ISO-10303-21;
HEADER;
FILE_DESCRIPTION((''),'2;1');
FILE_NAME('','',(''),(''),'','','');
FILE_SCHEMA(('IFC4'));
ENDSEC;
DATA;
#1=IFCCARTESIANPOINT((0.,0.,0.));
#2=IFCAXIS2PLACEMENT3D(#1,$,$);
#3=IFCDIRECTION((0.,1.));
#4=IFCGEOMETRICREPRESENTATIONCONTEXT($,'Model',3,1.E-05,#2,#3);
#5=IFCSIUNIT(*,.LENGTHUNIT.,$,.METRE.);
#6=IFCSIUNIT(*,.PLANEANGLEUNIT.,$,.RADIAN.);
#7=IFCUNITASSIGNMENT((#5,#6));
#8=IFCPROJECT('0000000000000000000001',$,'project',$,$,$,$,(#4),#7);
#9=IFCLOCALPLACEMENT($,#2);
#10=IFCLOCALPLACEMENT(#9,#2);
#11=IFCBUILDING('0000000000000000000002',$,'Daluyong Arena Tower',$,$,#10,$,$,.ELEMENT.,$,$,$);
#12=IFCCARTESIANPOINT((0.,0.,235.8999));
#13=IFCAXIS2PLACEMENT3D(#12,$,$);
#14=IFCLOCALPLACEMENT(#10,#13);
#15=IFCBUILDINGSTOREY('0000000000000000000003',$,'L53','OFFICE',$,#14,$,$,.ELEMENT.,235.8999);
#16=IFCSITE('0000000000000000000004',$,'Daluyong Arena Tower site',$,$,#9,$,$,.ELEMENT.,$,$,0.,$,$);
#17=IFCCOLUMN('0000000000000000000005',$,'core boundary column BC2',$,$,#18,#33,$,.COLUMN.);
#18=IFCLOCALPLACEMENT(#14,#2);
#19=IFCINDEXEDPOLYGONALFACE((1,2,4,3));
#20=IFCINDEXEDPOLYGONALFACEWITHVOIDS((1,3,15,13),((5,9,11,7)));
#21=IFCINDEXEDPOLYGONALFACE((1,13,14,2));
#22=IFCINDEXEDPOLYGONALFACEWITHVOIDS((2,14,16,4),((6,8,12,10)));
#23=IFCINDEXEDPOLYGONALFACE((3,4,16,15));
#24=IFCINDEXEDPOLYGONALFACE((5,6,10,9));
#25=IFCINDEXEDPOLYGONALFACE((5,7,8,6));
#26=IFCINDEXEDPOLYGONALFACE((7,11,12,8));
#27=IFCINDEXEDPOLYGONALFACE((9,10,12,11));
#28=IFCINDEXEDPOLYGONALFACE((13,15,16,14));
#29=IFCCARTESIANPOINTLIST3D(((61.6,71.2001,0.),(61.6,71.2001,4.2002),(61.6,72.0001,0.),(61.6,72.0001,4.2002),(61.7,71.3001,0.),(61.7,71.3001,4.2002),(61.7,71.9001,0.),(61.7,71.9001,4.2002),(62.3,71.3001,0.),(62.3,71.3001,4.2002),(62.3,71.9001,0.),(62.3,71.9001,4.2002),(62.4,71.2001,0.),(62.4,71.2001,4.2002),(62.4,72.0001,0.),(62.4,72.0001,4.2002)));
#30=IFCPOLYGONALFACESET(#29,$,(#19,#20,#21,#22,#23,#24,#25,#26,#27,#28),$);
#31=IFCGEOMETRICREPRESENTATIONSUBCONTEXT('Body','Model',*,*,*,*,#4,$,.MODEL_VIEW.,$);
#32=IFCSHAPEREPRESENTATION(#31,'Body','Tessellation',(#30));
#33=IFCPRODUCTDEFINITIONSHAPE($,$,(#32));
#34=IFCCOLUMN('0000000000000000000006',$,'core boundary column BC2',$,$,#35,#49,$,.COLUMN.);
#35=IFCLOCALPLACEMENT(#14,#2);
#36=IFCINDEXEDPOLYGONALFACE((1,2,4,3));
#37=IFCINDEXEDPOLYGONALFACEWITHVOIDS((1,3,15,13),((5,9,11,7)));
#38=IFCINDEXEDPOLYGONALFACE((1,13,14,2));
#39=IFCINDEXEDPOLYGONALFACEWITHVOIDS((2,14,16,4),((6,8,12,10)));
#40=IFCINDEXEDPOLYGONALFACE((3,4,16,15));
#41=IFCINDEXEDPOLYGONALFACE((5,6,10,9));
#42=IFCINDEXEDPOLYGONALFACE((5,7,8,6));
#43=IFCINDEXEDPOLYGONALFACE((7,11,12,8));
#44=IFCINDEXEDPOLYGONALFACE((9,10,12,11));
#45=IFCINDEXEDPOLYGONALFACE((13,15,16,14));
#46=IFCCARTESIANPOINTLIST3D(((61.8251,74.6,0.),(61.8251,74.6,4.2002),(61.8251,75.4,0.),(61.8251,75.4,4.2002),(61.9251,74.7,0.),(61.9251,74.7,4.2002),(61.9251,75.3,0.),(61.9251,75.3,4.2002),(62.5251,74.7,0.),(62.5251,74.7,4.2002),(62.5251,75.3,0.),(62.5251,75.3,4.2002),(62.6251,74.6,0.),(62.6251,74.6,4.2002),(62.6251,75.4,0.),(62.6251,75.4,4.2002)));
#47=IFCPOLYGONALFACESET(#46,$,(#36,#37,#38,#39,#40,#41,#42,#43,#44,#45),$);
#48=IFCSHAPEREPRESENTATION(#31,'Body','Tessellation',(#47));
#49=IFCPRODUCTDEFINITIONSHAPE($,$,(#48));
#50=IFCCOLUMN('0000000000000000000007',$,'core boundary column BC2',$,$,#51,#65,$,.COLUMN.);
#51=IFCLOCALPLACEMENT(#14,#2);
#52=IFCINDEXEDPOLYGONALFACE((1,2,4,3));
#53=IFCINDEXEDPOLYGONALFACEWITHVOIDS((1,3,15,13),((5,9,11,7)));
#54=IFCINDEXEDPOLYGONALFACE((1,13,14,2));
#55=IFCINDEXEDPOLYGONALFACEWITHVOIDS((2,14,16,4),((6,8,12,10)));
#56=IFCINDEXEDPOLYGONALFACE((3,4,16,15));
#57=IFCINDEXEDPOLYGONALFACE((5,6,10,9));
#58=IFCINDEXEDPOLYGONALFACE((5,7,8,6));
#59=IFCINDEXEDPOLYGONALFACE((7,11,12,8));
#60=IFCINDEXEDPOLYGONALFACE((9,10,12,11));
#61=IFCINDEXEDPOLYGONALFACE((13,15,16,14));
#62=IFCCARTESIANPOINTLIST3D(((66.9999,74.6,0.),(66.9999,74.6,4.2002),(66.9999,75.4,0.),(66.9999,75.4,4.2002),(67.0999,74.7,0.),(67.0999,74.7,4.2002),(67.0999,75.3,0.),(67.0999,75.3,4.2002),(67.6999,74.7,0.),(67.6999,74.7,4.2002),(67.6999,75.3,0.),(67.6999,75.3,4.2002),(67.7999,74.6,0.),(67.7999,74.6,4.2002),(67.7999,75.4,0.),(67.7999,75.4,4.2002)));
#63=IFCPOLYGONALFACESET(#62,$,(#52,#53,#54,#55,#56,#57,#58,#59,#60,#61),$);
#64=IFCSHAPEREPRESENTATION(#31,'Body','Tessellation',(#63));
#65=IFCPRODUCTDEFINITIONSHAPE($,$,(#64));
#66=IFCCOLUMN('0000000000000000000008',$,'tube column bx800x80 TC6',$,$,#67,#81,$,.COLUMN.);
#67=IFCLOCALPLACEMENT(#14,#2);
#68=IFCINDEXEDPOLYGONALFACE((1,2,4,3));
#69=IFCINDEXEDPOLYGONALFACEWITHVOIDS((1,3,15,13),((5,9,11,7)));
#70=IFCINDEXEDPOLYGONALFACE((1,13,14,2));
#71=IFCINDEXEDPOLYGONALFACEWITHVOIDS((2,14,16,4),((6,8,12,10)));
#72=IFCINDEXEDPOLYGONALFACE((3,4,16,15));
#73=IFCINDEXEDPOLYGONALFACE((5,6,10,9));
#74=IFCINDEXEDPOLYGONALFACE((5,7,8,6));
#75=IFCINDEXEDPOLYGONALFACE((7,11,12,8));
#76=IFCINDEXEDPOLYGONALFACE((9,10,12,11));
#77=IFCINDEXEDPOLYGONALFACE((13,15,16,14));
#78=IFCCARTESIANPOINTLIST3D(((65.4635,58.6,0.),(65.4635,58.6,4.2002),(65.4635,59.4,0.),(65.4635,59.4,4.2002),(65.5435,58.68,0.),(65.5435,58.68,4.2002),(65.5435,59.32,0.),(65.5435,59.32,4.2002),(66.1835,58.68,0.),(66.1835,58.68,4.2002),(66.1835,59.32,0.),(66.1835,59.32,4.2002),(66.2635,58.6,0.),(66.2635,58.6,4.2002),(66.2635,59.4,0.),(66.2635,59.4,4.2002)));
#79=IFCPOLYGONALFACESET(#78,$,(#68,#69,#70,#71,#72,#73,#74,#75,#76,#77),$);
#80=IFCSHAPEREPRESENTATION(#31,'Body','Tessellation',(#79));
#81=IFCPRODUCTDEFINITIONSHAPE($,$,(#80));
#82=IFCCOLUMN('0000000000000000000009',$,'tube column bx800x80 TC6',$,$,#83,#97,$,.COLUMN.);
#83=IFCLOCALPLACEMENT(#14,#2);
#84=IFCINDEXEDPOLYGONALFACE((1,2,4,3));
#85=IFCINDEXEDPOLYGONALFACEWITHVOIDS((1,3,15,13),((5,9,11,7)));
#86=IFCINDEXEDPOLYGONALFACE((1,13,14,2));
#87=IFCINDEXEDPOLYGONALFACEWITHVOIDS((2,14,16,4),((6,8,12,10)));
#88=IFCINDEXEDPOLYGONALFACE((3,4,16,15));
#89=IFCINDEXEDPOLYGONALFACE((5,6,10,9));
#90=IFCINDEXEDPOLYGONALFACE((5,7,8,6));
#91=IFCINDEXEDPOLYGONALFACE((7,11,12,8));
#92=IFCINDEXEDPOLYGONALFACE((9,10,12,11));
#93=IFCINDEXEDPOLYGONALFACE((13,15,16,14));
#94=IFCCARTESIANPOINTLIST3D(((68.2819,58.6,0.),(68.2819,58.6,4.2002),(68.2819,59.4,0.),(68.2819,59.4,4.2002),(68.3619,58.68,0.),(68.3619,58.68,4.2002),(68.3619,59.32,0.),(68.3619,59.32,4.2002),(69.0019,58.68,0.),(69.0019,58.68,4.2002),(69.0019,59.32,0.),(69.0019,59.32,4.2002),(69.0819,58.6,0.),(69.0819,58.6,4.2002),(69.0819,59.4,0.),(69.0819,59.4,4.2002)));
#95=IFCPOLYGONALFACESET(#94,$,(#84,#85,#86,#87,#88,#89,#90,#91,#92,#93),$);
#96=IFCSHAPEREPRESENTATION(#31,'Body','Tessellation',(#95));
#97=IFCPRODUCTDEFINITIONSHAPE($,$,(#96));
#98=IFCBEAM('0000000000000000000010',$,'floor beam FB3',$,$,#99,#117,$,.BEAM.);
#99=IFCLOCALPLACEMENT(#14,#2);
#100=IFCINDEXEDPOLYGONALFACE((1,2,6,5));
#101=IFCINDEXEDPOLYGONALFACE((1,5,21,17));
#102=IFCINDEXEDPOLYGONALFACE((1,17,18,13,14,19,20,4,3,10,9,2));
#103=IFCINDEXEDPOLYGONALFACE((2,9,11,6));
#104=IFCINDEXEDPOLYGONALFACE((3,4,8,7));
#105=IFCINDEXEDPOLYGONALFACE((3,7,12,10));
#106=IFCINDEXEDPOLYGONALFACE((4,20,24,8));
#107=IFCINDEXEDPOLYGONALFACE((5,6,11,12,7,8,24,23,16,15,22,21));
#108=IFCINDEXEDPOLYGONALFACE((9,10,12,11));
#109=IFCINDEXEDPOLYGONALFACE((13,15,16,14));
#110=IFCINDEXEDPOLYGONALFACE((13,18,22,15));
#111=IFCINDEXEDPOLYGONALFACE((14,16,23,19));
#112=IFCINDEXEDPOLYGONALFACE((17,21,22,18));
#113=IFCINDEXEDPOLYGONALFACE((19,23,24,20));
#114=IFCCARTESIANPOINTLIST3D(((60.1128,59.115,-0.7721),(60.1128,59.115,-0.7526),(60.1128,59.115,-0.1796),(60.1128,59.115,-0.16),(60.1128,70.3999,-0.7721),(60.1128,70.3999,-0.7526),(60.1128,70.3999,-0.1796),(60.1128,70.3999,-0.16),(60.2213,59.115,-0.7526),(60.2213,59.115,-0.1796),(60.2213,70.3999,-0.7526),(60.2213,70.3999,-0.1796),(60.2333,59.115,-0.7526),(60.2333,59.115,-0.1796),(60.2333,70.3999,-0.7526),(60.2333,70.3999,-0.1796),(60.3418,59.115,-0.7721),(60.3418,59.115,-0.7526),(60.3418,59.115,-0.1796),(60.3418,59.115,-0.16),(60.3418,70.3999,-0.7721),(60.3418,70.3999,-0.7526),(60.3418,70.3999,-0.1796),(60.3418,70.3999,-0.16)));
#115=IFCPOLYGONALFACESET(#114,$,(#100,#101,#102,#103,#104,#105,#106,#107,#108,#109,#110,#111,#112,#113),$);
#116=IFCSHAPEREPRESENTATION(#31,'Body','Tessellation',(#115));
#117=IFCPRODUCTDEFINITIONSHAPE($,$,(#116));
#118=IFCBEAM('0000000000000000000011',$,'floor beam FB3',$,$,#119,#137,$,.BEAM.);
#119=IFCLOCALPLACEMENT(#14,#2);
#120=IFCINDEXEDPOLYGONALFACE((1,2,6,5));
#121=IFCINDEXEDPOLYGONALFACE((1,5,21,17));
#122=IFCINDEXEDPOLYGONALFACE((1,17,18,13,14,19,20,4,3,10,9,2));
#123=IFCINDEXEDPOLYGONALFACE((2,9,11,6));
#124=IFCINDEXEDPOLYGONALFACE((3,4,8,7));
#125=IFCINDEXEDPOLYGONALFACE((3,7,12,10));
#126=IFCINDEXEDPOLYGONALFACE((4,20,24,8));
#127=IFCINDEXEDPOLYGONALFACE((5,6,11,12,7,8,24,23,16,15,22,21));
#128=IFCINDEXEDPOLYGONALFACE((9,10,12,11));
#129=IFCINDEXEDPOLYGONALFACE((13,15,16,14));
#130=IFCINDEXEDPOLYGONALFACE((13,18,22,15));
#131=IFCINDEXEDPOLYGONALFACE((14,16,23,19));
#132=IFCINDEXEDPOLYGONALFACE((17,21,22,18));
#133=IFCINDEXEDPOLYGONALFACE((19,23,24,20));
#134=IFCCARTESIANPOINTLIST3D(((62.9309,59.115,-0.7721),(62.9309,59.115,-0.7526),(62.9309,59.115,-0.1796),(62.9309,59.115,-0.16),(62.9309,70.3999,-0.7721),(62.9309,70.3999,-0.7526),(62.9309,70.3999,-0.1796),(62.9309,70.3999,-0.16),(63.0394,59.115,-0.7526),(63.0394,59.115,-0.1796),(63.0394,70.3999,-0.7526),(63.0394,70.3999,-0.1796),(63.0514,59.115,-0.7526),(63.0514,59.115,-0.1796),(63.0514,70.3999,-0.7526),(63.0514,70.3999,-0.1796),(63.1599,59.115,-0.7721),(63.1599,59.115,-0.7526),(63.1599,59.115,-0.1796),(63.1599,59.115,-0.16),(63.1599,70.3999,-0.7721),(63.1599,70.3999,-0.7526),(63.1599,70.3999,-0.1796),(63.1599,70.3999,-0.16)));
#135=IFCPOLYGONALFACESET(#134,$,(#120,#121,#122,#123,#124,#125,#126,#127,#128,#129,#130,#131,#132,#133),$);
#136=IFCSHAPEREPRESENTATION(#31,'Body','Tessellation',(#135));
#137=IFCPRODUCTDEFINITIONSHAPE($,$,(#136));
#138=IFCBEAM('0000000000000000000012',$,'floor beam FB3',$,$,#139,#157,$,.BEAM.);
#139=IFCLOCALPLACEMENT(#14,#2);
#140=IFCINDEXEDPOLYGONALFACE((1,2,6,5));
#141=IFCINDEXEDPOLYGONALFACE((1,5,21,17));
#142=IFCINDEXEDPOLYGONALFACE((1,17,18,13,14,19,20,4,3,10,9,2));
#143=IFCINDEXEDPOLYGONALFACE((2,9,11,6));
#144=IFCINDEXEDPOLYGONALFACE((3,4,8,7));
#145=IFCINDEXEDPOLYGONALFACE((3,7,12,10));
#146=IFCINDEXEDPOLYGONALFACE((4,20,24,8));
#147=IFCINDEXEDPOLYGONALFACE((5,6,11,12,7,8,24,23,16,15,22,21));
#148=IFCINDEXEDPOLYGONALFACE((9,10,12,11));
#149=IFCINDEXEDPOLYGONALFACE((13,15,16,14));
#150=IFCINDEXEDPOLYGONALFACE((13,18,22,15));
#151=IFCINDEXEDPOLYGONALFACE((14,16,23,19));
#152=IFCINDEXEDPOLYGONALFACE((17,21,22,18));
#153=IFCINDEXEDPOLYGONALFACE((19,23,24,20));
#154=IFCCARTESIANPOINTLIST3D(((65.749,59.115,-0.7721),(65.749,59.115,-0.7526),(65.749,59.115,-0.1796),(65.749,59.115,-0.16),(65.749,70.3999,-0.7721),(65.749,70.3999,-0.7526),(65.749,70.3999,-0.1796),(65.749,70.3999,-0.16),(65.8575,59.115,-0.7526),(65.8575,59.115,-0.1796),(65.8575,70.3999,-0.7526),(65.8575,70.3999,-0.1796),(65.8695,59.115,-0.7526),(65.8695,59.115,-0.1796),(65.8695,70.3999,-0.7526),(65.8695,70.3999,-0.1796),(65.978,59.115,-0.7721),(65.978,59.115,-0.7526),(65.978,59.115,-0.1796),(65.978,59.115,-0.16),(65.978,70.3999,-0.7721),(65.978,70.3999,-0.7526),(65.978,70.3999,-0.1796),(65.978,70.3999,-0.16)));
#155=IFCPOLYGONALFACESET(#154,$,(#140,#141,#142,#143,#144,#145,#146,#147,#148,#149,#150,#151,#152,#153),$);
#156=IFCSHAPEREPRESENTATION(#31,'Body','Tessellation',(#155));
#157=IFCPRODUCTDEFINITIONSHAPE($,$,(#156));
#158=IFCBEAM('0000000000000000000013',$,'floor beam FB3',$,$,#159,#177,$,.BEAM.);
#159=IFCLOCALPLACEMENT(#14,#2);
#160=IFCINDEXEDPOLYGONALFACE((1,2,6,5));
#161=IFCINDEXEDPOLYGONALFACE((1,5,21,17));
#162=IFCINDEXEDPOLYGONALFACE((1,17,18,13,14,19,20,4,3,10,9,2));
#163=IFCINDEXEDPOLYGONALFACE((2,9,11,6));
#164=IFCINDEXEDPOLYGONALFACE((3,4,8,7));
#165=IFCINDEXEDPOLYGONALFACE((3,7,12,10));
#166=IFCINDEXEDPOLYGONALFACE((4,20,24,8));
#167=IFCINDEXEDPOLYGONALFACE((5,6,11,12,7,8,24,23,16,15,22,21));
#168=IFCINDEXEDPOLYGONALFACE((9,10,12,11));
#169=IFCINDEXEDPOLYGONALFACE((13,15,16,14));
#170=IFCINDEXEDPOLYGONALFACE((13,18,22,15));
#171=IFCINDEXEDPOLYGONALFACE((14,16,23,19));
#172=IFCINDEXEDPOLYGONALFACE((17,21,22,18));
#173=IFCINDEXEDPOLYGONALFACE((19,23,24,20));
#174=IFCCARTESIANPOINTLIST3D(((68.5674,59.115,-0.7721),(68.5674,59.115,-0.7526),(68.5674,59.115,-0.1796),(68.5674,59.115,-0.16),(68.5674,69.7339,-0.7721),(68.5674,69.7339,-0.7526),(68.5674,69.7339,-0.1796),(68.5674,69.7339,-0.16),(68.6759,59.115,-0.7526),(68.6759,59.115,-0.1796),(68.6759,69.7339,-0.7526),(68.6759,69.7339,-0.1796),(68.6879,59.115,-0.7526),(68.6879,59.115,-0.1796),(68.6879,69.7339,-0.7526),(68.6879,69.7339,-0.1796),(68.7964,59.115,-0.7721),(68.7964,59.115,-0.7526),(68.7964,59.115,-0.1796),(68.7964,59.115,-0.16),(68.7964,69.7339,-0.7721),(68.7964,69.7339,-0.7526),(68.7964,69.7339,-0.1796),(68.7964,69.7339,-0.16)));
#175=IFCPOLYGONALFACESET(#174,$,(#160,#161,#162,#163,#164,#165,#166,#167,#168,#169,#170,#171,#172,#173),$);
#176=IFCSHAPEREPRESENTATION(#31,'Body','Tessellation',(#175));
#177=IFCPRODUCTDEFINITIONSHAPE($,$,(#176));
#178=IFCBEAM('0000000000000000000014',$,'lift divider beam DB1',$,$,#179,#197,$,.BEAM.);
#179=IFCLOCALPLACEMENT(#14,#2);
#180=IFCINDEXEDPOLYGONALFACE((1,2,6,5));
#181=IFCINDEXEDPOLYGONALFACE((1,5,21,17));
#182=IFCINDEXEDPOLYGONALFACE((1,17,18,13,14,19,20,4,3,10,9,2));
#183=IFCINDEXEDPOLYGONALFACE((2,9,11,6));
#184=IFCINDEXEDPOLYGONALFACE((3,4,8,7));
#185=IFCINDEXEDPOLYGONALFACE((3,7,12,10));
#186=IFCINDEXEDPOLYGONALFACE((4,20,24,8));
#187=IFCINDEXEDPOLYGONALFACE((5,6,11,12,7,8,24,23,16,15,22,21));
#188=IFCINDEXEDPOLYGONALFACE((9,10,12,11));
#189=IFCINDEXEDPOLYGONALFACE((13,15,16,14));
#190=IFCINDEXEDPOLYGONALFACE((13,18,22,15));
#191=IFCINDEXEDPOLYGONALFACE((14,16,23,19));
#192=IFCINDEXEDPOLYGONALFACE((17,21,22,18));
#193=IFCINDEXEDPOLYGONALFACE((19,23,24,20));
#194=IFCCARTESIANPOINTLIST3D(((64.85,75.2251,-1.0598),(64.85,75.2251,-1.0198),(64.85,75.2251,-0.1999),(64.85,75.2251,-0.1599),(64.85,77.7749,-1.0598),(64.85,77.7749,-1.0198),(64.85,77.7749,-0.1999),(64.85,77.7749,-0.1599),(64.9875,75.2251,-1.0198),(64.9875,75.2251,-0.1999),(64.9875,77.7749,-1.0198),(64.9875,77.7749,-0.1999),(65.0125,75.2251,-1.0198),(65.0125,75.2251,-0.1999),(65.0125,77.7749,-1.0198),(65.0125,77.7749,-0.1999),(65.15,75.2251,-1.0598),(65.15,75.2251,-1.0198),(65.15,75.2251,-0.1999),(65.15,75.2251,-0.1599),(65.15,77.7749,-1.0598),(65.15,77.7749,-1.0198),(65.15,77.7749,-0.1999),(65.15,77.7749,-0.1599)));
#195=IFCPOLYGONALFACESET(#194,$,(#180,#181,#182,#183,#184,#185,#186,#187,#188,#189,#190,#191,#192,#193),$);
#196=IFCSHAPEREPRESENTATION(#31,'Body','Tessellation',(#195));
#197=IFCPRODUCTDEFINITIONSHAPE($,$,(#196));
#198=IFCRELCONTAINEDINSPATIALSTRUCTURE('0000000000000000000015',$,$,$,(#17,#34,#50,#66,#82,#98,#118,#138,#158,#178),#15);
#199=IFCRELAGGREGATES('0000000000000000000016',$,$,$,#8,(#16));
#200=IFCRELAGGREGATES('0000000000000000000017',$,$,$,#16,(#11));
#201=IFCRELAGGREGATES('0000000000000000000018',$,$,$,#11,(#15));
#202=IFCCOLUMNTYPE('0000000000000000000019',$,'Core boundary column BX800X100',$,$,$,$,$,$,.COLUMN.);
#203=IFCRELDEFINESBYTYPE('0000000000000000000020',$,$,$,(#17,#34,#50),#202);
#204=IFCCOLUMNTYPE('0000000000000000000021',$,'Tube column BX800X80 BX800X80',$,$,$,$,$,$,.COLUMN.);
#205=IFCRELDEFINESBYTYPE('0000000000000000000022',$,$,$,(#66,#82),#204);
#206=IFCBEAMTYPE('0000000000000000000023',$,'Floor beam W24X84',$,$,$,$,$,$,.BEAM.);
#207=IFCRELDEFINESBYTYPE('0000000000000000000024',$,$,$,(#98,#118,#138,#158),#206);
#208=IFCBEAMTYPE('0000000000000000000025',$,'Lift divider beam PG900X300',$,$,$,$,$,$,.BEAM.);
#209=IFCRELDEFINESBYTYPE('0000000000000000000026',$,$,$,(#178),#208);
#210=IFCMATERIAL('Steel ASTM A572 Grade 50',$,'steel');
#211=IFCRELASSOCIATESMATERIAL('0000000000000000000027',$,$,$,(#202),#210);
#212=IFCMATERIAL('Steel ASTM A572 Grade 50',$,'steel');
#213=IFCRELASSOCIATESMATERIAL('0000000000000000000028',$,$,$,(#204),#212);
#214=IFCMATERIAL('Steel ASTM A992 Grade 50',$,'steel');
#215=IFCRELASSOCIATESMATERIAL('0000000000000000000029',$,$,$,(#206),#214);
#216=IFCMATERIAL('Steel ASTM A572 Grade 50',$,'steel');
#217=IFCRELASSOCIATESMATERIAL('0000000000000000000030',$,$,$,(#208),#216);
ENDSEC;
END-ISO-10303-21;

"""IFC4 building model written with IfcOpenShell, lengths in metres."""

from ifc_helpers import new_model, si_unit, direction, frame, origin, origin_2d, place, context, subcontext, project, spatial, hollow_rectangle, i_section, extrude, material, material_profile, profile_set, type_object, element, save


model = new_model("IFC4")

# Units and contexts
model_context = context("Model", 3, precision=1e-05, world=origin(), true_north=direction((0.0, 1.0)))
body_context = subcontext(model_context, "Body", "Model", "MODEL_VIEW")
ifc_project = project(units=[si_unit("LENGTHUNIT", "METRE"), si_unit("PLANEANGLEUNIT", "RADIAN")], contexts=[model_context])

# Site, building, storey
site_placement = place(None, origin())
site = spatial("IfcSite", under=ifc_project, at=site_placement, Name="Daluyong Arena Tower site", CompositionType="ELEMENT", RefElevation=0.0)
building_placement = place(site_placement, origin())
building = spatial("IfcBuilding", under=site, at=building_placement, Name="Daluyong Arena Tower", CompositionType="ELEMENT")
storey_placement = place(building_placement, frame((0.0, 0.0, 235.8999)))
storey = spatial("IfcBuildingStorey", under=building, at=storey_placement, Name="L53", Description="OFFICE", CompositionType="ELEMENT", Elevation=235.8999)

# Columns
ifc_material_1 = material(Name="Steel ASTM A572 Grade 50", Category="steel")
ifc_material_profile_1 = material_profile(ifc_material_1, hollow_rectangle(XDim=0.8, YDim=0.8, WallThickness=0.1, at=origin_2d()))
ifc_profile_set_1 = profile_set([ifc_material_profile_1], Name="Steel ASTM A572 Grade 50")
column_type_1 = type_object("IfcColumnType", Name="Core boundary column BX800X100", PredefinedType="COLUMN", material=ifc_profile_set_1)
for number, where, z_axis, x_axis, name in (
    (1, (62.0, 71.6001, 0.0), (0.0, 0.0, 1.0), (1.0, 0.0, 0.0), "core boundary column BC2"),
    (2, (62.2251, 75.0, 0.0), (0.0, 0.0, 1.0), (1.0, 0.0, 0.0), "core boundary column BC2"),
    (3, (67.3999, 75.0, 0.0), (0.0, 0.0, 1.0), (1.0, 0.0, 0.0), "core boundary column BC2"),
):
    element("IfcColumn", number, at=place(storey_placement, frame(where, z_axis=z_axis, x_axis=x_axis)), inside=storey, type_object=column_type_1, Name=name, PredefinedType="COLUMN", context=body_context, shape_type="SweptSolid", body=[
        extrude(hollow_rectangle(XDim=0.8, YDim=0.8, WallThickness=0.1, at=origin_2d()), origin(), (0.0, 0.0, 1.0), 4.2002),
    ])
ifc_material_2 = material(Name="Steel ASTM A572 Grade 50", Category="steel")
ifc_material_profile_2 = material_profile(ifc_material_2, hollow_rectangle(XDim=0.8, YDim=0.8, WallThickness=0.08, at=origin_2d()))
ifc_profile_set_2 = profile_set([ifc_material_profile_2], Name="Steel ASTM A572 Grade 50")
column_type_2 = type_object("IfcColumnType", Name="Tube column BX800X80 BX800X80", PredefinedType="COLUMN", material=ifc_profile_set_2)
for number, where, z_axis, x_axis, name in (
    (4, (65.8635, 59.0, 0.0), (0.0, 0.0, 1.0), (1.0, 0.0, 0.0), "tube column bx800x80 TC6"),
    (5, (68.6819, 59.0, 0.0), (0.0, 0.0, 1.0), (1.0, 0.0, 0.0), "tube column bx800x80 TC6"),
):
    element("IfcColumn", number, at=place(storey_placement, frame(where, z_axis=z_axis, x_axis=x_axis)), inside=storey, type_object=column_type_2, Name=name, PredefinedType="COLUMN", context=body_context, shape_type="SweptSolid", body=[
        extrude(hollow_rectangle(XDim=0.8, YDim=0.8, WallThickness=0.08, at=origin_2d()), origin(), (0.0, 0.0, 1.0), 4.2002),
    ])

# Beams
ifc_material_3 = material(Name="Steel ASTM A992 Grade 50", Category="steel")
ifc_material_profile_3 = material_profile(ifc_material_3, i_section(OverallWidth=0.229, OverallDepth=0.6121, WebThickness=0.012, FlangeThickness=0.0195, at=origin_2d()))
ifc_profile_set_3 = profile_set([ifc_material_profile_3], Name="Steel ASTM A992 Grade 50")
beam_type_1 = type_object("IfcBeamType", Name="Floor beam W24X84", PredefinedType="BEAM", material=ifc_profile_set_3)
for number, where, z_axis, x_axis, name in (
    (6, (60.2273, 59.115, -0.4661), (0.0, 1.0, 0.0), (-1.0, 0.0, 0.0), "floor beam FB3"),
    (7, (63.0454, 59.115, -0.4661), (0.0, 1.0, 0.0), (-1.0, 0.0, 0.0), "floor beam FB3"),
    (8, (65.8635, 59.115, -0.4661), (0.0, 1.0, 0.0), (-1.0, 0.0, 0.0), "floor beam FB3"),
):
    element("IfcBeam", number, at=place(storey_placement, frame(where, z_axis=z_axis, x_axis=x_axis)), inside=storey, type_object=beam_type_1, Name=name, PredefinedType="BEAM", context=body_context, shape_type="SweptSolid", body=[
        extrude(i_section(OverallWidth=0.229, OverallDepth=0.6121, WebThickness=0.012, FlangeThickness=0.0195, at=origin_2d()), origin(), (0.0, 0.0, 1.0), 11.2849),
    ])
beam_1_placement = place(storey_placement, frame((68.6819, 59.115, -0.4661), z_axis=(0.0, 1.0, 0.0), x_axis=(-1.0, 0.0, 0.0)))
element("IfcBeam", 9, at=beam_1_placement, inside=storey, type_object=beam_type_1, Name="floor beam FB3", PredefinedType="BEAM", context=body_context, shape_type="SweptSolid", body=[
    extrude(i_section(OverallWidth=0.229, OverallDepth=0.6121, WebThickness=0.012, FlangeThickness=0.0195, at=origin_2d()), origin(), (0.0, 0.0, 1.0), 10.6189),
])
ifc_material_4 = material(Name="Steel ASTM A572 Grade 50", Category="steel")
ifc_material_profile_4 = material_profile(ifc_material_4, i_section(OverallWidth=0.3, OverallDepth=0.8999, WebThickness=0.025, FlangeThickness=0.04, at=origin_2d()))
ifc_profile_set_4 = profile_set([ifc_material_profile_4], Name="Steel ASTM A572 Grade 50")
beam_type_2 = type_object("IfcBeamType", Name="Lift divider beam PG900X300", PredefinedType="BEAM", material=ifc_profile_set_4)
beam_2_placement = place(storey_placement, frame((65.0, 75.2251, -0.6099), z_axis=(0.0, 1.0, 0.0), x_axis=(-1.0, 0.0, 0.0)))
element("IfcBeam", 10, at=beam_2_placement, inside=storey, type_object=beam_type_2, Name="lift divider beam DB1", PredefinedType="BEAM", context=body_context, shape_type="SweptSolid", body=[
    extrude(i_section(OverallWidth=0.3, OverallDepth=0.8999, WebThickness=0.025, FlangeThickness=0.04, at=origin_2d()), origin(), (0.0, 0.0, 1.0), 2.5498),
])

save(model, "model.ifc")
